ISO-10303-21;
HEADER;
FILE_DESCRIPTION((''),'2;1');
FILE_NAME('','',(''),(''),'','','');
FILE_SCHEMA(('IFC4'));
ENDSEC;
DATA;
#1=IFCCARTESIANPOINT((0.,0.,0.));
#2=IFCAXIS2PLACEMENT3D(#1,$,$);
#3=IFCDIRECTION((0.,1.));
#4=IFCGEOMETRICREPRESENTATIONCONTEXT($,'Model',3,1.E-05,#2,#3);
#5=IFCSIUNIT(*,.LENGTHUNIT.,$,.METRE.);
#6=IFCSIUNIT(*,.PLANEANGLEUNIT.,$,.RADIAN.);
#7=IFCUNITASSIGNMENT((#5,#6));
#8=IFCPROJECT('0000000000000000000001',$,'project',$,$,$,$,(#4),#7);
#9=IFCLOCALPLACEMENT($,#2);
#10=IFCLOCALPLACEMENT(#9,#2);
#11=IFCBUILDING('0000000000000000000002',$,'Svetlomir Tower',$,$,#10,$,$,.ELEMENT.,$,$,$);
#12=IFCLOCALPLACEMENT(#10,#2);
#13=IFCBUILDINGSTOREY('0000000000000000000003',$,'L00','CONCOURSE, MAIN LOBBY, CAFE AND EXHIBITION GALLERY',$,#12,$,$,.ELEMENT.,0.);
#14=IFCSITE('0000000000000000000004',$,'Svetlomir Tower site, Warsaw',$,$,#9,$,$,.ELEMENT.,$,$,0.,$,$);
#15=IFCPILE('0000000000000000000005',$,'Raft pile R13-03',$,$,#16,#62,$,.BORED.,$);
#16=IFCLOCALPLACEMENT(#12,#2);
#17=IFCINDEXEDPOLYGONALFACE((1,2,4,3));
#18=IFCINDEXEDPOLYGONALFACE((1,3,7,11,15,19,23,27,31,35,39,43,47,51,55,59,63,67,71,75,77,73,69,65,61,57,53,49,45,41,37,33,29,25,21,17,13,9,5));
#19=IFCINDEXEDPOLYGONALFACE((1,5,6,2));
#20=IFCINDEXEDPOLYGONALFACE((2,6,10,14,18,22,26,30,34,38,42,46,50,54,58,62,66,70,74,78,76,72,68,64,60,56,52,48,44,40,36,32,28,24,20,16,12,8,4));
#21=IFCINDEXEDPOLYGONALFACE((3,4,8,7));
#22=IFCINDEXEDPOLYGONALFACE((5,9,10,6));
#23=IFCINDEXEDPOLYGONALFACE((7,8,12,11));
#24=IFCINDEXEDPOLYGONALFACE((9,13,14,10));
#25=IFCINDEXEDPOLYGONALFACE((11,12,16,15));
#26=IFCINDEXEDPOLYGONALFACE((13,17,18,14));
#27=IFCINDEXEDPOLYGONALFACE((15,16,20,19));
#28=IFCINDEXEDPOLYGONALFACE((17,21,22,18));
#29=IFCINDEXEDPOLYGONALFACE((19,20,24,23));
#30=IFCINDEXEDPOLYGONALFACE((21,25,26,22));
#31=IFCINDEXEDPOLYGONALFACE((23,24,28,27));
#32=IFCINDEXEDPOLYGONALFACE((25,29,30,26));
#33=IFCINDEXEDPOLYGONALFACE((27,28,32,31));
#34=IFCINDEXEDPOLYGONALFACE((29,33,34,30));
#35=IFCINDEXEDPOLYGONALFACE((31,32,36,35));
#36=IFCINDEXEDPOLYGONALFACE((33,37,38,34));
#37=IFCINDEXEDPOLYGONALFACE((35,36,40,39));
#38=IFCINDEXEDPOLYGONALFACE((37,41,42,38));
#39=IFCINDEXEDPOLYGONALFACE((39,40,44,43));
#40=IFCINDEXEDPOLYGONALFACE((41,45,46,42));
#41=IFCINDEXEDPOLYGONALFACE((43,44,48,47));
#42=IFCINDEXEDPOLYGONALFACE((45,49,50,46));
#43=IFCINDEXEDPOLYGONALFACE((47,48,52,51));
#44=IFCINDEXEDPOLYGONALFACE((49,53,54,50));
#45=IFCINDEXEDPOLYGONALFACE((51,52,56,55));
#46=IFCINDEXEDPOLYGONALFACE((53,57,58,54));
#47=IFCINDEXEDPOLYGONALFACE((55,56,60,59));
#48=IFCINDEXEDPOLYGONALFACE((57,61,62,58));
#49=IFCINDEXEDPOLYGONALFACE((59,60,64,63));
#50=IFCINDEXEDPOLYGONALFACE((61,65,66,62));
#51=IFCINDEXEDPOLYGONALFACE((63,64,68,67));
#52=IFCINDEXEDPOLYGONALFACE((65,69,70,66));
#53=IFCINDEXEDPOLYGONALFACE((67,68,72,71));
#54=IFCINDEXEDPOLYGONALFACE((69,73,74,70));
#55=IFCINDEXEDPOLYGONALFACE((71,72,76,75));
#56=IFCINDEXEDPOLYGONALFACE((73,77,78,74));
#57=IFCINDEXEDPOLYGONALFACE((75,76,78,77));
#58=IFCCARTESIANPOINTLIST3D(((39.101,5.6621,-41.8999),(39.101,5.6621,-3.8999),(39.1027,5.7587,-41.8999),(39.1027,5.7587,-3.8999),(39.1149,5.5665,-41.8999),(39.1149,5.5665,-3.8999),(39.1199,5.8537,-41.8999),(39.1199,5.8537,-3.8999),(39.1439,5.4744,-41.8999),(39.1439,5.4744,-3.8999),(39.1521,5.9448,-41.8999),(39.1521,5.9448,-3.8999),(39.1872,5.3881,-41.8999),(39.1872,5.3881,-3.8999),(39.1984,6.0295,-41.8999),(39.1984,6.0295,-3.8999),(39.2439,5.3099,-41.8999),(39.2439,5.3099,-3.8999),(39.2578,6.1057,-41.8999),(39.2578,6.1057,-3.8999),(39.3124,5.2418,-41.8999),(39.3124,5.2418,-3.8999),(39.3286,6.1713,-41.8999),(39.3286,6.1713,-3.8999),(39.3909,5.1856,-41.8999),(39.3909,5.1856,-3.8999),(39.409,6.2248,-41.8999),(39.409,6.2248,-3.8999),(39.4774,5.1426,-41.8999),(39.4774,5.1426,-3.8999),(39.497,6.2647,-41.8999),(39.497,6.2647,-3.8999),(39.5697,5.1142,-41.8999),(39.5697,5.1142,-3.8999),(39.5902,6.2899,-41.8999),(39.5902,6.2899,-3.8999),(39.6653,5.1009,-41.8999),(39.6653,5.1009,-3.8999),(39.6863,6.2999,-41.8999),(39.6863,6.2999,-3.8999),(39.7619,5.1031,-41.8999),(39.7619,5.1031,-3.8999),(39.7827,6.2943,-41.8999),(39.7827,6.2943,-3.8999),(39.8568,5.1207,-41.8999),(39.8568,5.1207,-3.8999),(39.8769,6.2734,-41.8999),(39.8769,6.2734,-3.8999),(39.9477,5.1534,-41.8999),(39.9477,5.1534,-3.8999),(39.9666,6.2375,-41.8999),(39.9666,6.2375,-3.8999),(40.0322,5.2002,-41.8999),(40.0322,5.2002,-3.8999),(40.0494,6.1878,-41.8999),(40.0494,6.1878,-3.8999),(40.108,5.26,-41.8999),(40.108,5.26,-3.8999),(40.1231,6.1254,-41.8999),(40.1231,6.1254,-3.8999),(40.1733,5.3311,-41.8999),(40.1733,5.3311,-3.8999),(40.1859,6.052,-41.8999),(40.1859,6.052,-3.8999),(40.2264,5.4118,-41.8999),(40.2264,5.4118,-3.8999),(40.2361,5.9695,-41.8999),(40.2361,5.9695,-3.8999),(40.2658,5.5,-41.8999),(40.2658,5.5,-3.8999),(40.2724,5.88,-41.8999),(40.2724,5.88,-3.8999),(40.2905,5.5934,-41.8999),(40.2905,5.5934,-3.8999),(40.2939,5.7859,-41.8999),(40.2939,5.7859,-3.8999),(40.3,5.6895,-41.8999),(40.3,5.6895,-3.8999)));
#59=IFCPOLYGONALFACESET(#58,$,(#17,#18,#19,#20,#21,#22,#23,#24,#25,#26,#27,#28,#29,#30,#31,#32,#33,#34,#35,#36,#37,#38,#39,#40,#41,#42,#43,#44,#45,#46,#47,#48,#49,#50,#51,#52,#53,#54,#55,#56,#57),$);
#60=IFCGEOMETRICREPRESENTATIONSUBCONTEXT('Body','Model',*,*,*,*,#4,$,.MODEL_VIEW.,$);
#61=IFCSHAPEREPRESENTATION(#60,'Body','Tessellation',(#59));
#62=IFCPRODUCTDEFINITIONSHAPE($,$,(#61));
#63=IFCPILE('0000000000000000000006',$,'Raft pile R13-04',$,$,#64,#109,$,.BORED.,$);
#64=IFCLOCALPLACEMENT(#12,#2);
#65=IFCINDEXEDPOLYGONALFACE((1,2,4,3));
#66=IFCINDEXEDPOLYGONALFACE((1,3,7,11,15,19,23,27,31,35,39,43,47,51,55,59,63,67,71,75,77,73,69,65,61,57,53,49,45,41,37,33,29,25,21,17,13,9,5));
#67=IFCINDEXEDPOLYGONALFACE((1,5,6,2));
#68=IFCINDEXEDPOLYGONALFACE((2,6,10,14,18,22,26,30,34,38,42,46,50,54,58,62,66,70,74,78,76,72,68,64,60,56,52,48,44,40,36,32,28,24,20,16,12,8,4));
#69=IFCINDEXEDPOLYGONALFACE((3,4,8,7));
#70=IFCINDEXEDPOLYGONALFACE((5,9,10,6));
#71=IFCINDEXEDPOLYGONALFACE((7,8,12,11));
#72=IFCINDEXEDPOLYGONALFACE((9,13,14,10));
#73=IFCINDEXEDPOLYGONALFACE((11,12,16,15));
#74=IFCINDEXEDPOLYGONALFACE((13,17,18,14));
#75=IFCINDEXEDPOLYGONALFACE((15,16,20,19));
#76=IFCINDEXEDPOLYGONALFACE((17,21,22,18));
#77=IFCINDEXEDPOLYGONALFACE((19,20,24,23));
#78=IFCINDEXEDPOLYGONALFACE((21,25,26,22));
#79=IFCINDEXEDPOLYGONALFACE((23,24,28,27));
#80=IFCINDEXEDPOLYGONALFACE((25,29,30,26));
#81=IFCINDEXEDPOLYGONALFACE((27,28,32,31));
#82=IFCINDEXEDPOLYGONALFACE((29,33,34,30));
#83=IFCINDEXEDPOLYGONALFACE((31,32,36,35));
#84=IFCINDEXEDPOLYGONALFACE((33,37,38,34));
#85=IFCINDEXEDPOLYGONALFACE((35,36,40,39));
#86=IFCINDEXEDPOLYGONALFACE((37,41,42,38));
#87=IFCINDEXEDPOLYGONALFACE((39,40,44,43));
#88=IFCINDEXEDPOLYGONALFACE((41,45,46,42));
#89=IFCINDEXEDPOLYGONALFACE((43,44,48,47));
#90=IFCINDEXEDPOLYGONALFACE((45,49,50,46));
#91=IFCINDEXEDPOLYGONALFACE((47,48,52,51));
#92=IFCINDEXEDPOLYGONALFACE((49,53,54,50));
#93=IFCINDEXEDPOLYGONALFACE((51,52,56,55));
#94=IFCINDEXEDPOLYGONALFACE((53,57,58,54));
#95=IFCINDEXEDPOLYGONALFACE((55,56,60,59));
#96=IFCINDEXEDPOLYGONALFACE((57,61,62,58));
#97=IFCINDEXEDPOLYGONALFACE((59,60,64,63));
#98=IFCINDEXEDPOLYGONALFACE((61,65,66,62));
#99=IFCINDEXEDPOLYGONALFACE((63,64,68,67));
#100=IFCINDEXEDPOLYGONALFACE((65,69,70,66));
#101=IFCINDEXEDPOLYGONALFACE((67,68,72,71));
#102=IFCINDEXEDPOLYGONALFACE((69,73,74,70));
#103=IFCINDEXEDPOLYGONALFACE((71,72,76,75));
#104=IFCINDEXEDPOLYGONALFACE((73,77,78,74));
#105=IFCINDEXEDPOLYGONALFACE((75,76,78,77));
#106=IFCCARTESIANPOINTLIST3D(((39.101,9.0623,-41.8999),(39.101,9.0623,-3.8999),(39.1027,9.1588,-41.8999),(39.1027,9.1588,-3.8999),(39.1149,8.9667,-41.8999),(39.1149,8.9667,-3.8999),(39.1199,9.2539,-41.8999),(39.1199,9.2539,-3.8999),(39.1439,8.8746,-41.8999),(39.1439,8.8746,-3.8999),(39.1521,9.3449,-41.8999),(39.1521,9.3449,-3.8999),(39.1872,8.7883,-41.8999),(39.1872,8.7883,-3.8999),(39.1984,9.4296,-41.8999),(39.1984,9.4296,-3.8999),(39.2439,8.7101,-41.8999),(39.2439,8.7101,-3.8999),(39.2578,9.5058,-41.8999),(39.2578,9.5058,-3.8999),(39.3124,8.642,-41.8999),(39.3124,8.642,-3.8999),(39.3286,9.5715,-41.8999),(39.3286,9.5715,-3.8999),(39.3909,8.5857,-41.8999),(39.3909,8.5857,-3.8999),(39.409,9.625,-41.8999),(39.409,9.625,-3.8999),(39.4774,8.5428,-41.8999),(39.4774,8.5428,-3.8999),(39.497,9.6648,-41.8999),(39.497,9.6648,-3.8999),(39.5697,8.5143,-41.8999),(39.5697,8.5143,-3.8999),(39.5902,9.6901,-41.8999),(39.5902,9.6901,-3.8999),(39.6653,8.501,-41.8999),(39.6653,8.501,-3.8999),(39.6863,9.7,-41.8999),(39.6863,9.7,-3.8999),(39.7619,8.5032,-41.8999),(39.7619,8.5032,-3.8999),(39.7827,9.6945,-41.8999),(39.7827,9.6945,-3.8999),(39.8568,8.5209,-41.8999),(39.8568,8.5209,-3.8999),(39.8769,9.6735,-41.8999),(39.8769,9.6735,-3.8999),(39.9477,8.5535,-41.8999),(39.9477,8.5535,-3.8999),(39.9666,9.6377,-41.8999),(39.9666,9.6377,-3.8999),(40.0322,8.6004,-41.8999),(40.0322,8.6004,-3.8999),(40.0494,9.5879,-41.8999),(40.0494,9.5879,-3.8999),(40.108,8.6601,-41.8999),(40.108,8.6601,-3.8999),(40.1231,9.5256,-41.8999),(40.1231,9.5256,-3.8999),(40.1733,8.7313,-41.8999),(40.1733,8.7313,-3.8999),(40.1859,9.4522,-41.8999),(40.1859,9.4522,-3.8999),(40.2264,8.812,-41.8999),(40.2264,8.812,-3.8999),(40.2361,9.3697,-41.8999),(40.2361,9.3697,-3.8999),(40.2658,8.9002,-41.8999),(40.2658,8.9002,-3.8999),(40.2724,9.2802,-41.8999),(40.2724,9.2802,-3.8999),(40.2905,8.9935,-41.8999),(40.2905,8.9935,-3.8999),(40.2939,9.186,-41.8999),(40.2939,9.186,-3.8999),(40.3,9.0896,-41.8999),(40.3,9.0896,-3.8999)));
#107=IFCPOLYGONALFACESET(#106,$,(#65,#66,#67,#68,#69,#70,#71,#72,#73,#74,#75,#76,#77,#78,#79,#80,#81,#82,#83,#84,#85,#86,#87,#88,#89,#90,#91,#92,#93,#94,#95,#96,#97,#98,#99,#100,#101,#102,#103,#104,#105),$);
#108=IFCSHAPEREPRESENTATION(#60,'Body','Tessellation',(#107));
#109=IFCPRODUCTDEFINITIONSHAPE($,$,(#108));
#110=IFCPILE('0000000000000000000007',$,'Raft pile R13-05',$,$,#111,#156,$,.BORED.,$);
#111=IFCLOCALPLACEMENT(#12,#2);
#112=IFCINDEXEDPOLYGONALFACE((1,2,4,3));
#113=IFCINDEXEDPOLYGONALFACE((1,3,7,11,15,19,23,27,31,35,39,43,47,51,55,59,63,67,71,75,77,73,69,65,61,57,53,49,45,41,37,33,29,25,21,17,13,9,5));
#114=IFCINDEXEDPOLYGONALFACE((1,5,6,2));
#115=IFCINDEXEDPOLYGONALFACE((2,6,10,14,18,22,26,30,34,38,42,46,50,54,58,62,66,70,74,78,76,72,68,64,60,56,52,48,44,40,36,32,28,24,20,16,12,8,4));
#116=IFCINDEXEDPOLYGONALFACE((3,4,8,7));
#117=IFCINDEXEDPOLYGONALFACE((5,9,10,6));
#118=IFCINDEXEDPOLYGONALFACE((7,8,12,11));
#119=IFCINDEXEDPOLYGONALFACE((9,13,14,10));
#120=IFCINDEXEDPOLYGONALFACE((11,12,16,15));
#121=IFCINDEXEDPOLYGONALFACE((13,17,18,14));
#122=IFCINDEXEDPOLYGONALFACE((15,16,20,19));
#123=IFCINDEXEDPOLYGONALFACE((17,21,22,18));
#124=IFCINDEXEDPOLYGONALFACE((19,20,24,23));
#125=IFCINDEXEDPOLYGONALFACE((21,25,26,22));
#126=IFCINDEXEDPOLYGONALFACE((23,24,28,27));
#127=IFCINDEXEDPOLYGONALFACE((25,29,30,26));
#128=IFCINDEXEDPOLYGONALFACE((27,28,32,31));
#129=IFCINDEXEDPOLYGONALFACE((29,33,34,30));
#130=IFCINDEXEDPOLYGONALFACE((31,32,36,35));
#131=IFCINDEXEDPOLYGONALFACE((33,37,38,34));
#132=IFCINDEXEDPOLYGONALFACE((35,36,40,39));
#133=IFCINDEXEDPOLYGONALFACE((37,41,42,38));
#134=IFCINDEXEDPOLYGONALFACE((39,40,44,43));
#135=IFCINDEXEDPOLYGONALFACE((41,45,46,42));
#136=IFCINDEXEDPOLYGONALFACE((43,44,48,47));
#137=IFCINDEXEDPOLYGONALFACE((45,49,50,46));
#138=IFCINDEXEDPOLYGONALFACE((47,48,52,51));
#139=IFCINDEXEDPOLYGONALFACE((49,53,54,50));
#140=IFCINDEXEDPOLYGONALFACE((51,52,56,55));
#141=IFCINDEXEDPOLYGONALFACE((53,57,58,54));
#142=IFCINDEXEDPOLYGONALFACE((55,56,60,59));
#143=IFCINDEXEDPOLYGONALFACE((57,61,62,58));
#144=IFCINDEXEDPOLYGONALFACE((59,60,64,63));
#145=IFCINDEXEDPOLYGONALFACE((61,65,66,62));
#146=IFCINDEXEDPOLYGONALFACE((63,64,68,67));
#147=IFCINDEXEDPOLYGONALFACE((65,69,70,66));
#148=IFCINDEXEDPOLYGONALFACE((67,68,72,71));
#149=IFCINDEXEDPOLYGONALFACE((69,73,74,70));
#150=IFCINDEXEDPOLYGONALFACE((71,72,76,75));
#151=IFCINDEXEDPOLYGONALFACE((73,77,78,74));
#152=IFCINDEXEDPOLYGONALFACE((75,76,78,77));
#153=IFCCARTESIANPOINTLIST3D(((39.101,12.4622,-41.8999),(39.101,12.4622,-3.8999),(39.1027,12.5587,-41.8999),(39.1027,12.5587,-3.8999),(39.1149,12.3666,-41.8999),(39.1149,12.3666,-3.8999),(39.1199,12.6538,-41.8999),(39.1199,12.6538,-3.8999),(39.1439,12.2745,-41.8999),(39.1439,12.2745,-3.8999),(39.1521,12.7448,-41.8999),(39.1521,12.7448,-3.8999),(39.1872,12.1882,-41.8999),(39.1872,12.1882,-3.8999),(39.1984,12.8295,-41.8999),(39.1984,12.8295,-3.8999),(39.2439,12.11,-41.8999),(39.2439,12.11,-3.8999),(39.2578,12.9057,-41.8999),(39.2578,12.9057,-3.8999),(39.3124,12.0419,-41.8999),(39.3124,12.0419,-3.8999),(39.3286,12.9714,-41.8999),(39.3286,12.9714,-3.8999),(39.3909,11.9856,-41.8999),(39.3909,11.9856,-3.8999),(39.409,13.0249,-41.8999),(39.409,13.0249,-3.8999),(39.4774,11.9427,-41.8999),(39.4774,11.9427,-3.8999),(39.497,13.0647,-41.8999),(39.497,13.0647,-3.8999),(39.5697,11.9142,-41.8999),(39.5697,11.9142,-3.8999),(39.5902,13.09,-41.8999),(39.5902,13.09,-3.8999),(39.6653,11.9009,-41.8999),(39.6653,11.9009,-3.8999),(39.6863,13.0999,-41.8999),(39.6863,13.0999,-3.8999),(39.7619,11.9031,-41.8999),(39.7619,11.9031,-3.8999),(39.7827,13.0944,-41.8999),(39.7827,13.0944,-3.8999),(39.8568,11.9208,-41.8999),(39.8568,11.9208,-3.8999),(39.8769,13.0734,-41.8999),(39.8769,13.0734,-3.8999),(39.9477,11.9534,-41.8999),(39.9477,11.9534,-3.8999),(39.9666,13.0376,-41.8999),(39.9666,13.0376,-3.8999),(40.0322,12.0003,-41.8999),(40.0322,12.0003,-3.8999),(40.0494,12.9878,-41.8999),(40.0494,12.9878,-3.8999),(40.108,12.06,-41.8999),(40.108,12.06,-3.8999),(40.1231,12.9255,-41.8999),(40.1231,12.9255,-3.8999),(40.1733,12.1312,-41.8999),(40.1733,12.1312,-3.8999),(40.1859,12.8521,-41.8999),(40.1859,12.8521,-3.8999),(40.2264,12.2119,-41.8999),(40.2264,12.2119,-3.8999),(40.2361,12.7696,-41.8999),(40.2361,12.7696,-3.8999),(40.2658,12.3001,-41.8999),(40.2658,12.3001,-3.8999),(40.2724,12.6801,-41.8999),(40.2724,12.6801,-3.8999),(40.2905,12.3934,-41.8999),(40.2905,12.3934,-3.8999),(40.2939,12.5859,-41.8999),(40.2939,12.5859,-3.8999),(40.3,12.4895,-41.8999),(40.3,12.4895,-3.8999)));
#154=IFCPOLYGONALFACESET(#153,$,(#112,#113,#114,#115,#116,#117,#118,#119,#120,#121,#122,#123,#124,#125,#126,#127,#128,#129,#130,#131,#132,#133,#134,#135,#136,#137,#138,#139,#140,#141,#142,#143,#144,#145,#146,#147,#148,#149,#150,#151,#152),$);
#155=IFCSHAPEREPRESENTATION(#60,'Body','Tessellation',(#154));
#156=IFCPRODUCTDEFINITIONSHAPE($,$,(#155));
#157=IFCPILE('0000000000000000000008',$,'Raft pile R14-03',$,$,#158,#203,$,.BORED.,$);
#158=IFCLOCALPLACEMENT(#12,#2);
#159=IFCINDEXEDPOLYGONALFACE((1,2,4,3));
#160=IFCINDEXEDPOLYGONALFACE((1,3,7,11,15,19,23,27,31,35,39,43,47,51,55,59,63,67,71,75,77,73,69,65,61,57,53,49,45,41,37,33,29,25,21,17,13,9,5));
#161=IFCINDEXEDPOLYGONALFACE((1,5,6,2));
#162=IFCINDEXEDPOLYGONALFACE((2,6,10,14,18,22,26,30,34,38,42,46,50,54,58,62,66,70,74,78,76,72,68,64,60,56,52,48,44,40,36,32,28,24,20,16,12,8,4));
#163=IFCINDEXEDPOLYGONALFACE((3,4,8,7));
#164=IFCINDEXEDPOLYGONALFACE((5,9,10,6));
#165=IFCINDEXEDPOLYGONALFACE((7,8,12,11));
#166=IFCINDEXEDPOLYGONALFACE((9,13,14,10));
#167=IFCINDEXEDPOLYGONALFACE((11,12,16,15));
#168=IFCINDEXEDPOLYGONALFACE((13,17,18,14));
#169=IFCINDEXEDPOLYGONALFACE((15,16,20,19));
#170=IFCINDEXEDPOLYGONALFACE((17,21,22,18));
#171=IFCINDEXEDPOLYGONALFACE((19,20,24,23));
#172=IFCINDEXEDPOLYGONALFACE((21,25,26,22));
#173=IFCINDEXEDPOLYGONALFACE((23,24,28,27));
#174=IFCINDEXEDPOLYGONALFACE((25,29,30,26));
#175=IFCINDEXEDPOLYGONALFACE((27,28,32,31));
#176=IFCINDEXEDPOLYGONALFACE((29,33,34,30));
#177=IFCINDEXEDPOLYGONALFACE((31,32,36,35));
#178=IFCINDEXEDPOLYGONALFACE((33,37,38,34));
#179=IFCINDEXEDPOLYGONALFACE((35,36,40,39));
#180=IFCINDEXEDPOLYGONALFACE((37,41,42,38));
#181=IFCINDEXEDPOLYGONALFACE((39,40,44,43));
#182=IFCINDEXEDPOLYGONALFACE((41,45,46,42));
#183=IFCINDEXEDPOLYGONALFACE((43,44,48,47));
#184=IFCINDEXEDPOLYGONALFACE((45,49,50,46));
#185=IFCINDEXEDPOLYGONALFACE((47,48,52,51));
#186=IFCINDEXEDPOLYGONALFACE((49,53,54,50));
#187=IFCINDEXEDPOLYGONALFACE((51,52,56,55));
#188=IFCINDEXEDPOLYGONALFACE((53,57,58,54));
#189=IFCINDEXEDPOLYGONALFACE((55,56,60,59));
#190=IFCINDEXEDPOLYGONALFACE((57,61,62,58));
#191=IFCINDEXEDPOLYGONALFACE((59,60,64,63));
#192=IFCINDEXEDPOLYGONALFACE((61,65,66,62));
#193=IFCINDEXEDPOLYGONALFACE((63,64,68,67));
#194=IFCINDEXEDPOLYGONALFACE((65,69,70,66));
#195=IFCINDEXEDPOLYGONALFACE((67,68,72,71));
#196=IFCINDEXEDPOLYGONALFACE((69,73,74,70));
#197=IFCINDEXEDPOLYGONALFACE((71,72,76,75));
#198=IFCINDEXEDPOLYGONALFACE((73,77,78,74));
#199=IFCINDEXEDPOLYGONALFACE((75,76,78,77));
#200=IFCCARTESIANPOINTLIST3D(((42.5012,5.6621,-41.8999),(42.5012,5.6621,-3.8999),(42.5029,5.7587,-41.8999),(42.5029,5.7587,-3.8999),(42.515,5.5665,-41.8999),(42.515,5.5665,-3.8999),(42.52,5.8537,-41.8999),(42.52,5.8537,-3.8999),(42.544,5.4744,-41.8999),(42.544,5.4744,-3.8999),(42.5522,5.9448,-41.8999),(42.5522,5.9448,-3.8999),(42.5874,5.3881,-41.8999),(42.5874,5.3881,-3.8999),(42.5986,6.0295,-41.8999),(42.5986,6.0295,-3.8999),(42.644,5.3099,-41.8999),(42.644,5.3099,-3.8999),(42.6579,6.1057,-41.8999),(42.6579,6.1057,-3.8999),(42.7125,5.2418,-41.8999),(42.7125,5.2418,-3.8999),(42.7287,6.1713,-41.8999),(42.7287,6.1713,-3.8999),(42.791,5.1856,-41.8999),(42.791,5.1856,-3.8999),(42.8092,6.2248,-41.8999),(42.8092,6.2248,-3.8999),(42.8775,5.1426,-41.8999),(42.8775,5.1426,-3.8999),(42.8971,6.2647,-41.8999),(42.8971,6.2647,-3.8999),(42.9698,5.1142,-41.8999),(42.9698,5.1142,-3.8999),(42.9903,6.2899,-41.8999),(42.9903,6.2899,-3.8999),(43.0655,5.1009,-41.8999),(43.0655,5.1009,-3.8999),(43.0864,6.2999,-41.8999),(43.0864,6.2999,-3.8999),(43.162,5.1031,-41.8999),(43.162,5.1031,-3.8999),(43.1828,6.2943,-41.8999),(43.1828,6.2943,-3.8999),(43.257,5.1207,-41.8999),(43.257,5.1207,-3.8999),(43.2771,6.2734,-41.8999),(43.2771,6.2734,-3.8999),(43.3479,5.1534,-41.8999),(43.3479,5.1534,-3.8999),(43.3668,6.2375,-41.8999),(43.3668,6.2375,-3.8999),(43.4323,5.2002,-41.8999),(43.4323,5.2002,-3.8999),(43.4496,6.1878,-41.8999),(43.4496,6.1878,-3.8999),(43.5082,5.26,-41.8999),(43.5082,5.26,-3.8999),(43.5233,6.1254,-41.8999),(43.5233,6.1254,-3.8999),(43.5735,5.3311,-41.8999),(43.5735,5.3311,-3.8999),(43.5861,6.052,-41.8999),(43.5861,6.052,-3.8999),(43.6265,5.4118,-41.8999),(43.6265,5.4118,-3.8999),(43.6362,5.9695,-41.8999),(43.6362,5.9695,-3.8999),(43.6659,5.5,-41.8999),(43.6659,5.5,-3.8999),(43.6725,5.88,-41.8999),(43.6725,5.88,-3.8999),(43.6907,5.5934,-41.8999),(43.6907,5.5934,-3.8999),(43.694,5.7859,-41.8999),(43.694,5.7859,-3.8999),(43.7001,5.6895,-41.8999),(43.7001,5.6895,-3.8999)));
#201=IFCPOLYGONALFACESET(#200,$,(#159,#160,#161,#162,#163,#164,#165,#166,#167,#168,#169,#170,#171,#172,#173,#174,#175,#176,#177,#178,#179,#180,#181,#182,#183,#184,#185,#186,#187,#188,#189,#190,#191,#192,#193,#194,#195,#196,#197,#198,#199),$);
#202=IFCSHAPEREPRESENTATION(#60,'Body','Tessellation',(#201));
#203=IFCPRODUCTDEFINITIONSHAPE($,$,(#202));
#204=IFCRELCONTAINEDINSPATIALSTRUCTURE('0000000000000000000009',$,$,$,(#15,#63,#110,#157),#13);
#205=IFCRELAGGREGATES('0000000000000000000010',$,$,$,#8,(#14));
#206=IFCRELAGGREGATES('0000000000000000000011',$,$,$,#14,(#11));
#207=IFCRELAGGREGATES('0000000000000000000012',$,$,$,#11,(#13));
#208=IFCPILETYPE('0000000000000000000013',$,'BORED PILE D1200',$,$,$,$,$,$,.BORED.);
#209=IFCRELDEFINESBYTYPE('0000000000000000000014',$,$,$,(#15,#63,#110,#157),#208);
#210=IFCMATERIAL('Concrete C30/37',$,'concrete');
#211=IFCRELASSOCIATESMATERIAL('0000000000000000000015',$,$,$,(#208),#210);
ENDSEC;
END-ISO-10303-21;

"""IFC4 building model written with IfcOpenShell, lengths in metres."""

from ifc_helpers import new_model, si_unit, direction, frame, frame_2d, origin, origin_2d, place, context, subcontext, project, spatial, circle, extrude, material, material_profile, profile_set, type_object, element, save


model = new_model("IFC4")

# Units and contexts
model_context = context("Model", 3, precision=1e-05, world=origin(), true_north=direction((0.0, 1.0)))
body_context = subcontext(model_context, "Body", "Model", "MODEL_VIEW")
ifc_project = project(units=[si_unit("LENGTHUNIT", "METRE"), si_unit("PLANEANGLEUNIT", "RADIAN")], contexts=[model_context])

# Site, building, storey
site_placement = place(None, origin())
site = spatial("IfcSite", under=ifc_project, at=site_placement, Name="Svetlomir Tower site, Warsaw", CompositionType="ELEMENT", RefElevation=0.0)
building_placement = place(site_placement, origin())
building = spatial("IfcBuilding", under=site, at=building_placement, Name="Svetlomir Tower", CompositionType="ELEMENT")
storey_placement = place(building_placement, origin())
storey = spatial("IfcBuildingStorey", under=building, at=storey_placement, Name="L00", Description="CONCOURSE, MAIN LOBBY, CAFE AND EXHIBITION GALLERY", CompositionType="ELEMENT", Elevation=0.0)

# Piles
ifc_material_1 = material(Name="Concrete C30/37", Category="concrete")
ifc_material_profile_1 = material_profile(ifc_material_1, circle(Radius=0.6001, at=origin_2d()), Name="D1200")
ifc_profile_set_1 = profile_set([ifc_material_profile_1], Name="Concrete C30/37")
pile_type = type_object("IfcPileType", Name="BORED PILE D1200", PredefinedType="BORED", material=ifc_profile_set_1)
for number, where, z_axis, x_axis, name in (
    (1, (39.7, 5.7, -3.8999), (0.0, 0.0, -1.0), (1.0, 0.0, 0.0), "Raft pile R13-03"),
    (2, (39.7, 9.1001, -3.8999), (0.0, 0.0, -1.0), (1.0, 0.0, 0.0), "Raft pile R13-04"),
    (3, (39.7, 12.5, -3.8999), (0.0, 0.0, -1.0), (1.0, 0.0, 0.0), "Raft pile R13-05"),
    (4, (43.1001, 5.7, -3.8999), (0.0, 0.0, -1.0), (1.0, 0.0, 0.0), "Raft pile R14-03"),
):
    element("IfcPile", number, at=place(storey_placement, frame(where, z_axis=z_axis, x_axis=x_axis)), inside=storey, type_object=pile_type, Name=name, PredefinedType="BORED", context=body_context, shape_type="SweptSolid", body=[
        extrude(circle(Radius=0.6001, at=frame_2d((0.0, 0.0), x_axis=(0.999848, 0.017452))), origin(), (0.0, 0.0, 1.0), 38.0),
    ])

save(model, "model.ifc")
